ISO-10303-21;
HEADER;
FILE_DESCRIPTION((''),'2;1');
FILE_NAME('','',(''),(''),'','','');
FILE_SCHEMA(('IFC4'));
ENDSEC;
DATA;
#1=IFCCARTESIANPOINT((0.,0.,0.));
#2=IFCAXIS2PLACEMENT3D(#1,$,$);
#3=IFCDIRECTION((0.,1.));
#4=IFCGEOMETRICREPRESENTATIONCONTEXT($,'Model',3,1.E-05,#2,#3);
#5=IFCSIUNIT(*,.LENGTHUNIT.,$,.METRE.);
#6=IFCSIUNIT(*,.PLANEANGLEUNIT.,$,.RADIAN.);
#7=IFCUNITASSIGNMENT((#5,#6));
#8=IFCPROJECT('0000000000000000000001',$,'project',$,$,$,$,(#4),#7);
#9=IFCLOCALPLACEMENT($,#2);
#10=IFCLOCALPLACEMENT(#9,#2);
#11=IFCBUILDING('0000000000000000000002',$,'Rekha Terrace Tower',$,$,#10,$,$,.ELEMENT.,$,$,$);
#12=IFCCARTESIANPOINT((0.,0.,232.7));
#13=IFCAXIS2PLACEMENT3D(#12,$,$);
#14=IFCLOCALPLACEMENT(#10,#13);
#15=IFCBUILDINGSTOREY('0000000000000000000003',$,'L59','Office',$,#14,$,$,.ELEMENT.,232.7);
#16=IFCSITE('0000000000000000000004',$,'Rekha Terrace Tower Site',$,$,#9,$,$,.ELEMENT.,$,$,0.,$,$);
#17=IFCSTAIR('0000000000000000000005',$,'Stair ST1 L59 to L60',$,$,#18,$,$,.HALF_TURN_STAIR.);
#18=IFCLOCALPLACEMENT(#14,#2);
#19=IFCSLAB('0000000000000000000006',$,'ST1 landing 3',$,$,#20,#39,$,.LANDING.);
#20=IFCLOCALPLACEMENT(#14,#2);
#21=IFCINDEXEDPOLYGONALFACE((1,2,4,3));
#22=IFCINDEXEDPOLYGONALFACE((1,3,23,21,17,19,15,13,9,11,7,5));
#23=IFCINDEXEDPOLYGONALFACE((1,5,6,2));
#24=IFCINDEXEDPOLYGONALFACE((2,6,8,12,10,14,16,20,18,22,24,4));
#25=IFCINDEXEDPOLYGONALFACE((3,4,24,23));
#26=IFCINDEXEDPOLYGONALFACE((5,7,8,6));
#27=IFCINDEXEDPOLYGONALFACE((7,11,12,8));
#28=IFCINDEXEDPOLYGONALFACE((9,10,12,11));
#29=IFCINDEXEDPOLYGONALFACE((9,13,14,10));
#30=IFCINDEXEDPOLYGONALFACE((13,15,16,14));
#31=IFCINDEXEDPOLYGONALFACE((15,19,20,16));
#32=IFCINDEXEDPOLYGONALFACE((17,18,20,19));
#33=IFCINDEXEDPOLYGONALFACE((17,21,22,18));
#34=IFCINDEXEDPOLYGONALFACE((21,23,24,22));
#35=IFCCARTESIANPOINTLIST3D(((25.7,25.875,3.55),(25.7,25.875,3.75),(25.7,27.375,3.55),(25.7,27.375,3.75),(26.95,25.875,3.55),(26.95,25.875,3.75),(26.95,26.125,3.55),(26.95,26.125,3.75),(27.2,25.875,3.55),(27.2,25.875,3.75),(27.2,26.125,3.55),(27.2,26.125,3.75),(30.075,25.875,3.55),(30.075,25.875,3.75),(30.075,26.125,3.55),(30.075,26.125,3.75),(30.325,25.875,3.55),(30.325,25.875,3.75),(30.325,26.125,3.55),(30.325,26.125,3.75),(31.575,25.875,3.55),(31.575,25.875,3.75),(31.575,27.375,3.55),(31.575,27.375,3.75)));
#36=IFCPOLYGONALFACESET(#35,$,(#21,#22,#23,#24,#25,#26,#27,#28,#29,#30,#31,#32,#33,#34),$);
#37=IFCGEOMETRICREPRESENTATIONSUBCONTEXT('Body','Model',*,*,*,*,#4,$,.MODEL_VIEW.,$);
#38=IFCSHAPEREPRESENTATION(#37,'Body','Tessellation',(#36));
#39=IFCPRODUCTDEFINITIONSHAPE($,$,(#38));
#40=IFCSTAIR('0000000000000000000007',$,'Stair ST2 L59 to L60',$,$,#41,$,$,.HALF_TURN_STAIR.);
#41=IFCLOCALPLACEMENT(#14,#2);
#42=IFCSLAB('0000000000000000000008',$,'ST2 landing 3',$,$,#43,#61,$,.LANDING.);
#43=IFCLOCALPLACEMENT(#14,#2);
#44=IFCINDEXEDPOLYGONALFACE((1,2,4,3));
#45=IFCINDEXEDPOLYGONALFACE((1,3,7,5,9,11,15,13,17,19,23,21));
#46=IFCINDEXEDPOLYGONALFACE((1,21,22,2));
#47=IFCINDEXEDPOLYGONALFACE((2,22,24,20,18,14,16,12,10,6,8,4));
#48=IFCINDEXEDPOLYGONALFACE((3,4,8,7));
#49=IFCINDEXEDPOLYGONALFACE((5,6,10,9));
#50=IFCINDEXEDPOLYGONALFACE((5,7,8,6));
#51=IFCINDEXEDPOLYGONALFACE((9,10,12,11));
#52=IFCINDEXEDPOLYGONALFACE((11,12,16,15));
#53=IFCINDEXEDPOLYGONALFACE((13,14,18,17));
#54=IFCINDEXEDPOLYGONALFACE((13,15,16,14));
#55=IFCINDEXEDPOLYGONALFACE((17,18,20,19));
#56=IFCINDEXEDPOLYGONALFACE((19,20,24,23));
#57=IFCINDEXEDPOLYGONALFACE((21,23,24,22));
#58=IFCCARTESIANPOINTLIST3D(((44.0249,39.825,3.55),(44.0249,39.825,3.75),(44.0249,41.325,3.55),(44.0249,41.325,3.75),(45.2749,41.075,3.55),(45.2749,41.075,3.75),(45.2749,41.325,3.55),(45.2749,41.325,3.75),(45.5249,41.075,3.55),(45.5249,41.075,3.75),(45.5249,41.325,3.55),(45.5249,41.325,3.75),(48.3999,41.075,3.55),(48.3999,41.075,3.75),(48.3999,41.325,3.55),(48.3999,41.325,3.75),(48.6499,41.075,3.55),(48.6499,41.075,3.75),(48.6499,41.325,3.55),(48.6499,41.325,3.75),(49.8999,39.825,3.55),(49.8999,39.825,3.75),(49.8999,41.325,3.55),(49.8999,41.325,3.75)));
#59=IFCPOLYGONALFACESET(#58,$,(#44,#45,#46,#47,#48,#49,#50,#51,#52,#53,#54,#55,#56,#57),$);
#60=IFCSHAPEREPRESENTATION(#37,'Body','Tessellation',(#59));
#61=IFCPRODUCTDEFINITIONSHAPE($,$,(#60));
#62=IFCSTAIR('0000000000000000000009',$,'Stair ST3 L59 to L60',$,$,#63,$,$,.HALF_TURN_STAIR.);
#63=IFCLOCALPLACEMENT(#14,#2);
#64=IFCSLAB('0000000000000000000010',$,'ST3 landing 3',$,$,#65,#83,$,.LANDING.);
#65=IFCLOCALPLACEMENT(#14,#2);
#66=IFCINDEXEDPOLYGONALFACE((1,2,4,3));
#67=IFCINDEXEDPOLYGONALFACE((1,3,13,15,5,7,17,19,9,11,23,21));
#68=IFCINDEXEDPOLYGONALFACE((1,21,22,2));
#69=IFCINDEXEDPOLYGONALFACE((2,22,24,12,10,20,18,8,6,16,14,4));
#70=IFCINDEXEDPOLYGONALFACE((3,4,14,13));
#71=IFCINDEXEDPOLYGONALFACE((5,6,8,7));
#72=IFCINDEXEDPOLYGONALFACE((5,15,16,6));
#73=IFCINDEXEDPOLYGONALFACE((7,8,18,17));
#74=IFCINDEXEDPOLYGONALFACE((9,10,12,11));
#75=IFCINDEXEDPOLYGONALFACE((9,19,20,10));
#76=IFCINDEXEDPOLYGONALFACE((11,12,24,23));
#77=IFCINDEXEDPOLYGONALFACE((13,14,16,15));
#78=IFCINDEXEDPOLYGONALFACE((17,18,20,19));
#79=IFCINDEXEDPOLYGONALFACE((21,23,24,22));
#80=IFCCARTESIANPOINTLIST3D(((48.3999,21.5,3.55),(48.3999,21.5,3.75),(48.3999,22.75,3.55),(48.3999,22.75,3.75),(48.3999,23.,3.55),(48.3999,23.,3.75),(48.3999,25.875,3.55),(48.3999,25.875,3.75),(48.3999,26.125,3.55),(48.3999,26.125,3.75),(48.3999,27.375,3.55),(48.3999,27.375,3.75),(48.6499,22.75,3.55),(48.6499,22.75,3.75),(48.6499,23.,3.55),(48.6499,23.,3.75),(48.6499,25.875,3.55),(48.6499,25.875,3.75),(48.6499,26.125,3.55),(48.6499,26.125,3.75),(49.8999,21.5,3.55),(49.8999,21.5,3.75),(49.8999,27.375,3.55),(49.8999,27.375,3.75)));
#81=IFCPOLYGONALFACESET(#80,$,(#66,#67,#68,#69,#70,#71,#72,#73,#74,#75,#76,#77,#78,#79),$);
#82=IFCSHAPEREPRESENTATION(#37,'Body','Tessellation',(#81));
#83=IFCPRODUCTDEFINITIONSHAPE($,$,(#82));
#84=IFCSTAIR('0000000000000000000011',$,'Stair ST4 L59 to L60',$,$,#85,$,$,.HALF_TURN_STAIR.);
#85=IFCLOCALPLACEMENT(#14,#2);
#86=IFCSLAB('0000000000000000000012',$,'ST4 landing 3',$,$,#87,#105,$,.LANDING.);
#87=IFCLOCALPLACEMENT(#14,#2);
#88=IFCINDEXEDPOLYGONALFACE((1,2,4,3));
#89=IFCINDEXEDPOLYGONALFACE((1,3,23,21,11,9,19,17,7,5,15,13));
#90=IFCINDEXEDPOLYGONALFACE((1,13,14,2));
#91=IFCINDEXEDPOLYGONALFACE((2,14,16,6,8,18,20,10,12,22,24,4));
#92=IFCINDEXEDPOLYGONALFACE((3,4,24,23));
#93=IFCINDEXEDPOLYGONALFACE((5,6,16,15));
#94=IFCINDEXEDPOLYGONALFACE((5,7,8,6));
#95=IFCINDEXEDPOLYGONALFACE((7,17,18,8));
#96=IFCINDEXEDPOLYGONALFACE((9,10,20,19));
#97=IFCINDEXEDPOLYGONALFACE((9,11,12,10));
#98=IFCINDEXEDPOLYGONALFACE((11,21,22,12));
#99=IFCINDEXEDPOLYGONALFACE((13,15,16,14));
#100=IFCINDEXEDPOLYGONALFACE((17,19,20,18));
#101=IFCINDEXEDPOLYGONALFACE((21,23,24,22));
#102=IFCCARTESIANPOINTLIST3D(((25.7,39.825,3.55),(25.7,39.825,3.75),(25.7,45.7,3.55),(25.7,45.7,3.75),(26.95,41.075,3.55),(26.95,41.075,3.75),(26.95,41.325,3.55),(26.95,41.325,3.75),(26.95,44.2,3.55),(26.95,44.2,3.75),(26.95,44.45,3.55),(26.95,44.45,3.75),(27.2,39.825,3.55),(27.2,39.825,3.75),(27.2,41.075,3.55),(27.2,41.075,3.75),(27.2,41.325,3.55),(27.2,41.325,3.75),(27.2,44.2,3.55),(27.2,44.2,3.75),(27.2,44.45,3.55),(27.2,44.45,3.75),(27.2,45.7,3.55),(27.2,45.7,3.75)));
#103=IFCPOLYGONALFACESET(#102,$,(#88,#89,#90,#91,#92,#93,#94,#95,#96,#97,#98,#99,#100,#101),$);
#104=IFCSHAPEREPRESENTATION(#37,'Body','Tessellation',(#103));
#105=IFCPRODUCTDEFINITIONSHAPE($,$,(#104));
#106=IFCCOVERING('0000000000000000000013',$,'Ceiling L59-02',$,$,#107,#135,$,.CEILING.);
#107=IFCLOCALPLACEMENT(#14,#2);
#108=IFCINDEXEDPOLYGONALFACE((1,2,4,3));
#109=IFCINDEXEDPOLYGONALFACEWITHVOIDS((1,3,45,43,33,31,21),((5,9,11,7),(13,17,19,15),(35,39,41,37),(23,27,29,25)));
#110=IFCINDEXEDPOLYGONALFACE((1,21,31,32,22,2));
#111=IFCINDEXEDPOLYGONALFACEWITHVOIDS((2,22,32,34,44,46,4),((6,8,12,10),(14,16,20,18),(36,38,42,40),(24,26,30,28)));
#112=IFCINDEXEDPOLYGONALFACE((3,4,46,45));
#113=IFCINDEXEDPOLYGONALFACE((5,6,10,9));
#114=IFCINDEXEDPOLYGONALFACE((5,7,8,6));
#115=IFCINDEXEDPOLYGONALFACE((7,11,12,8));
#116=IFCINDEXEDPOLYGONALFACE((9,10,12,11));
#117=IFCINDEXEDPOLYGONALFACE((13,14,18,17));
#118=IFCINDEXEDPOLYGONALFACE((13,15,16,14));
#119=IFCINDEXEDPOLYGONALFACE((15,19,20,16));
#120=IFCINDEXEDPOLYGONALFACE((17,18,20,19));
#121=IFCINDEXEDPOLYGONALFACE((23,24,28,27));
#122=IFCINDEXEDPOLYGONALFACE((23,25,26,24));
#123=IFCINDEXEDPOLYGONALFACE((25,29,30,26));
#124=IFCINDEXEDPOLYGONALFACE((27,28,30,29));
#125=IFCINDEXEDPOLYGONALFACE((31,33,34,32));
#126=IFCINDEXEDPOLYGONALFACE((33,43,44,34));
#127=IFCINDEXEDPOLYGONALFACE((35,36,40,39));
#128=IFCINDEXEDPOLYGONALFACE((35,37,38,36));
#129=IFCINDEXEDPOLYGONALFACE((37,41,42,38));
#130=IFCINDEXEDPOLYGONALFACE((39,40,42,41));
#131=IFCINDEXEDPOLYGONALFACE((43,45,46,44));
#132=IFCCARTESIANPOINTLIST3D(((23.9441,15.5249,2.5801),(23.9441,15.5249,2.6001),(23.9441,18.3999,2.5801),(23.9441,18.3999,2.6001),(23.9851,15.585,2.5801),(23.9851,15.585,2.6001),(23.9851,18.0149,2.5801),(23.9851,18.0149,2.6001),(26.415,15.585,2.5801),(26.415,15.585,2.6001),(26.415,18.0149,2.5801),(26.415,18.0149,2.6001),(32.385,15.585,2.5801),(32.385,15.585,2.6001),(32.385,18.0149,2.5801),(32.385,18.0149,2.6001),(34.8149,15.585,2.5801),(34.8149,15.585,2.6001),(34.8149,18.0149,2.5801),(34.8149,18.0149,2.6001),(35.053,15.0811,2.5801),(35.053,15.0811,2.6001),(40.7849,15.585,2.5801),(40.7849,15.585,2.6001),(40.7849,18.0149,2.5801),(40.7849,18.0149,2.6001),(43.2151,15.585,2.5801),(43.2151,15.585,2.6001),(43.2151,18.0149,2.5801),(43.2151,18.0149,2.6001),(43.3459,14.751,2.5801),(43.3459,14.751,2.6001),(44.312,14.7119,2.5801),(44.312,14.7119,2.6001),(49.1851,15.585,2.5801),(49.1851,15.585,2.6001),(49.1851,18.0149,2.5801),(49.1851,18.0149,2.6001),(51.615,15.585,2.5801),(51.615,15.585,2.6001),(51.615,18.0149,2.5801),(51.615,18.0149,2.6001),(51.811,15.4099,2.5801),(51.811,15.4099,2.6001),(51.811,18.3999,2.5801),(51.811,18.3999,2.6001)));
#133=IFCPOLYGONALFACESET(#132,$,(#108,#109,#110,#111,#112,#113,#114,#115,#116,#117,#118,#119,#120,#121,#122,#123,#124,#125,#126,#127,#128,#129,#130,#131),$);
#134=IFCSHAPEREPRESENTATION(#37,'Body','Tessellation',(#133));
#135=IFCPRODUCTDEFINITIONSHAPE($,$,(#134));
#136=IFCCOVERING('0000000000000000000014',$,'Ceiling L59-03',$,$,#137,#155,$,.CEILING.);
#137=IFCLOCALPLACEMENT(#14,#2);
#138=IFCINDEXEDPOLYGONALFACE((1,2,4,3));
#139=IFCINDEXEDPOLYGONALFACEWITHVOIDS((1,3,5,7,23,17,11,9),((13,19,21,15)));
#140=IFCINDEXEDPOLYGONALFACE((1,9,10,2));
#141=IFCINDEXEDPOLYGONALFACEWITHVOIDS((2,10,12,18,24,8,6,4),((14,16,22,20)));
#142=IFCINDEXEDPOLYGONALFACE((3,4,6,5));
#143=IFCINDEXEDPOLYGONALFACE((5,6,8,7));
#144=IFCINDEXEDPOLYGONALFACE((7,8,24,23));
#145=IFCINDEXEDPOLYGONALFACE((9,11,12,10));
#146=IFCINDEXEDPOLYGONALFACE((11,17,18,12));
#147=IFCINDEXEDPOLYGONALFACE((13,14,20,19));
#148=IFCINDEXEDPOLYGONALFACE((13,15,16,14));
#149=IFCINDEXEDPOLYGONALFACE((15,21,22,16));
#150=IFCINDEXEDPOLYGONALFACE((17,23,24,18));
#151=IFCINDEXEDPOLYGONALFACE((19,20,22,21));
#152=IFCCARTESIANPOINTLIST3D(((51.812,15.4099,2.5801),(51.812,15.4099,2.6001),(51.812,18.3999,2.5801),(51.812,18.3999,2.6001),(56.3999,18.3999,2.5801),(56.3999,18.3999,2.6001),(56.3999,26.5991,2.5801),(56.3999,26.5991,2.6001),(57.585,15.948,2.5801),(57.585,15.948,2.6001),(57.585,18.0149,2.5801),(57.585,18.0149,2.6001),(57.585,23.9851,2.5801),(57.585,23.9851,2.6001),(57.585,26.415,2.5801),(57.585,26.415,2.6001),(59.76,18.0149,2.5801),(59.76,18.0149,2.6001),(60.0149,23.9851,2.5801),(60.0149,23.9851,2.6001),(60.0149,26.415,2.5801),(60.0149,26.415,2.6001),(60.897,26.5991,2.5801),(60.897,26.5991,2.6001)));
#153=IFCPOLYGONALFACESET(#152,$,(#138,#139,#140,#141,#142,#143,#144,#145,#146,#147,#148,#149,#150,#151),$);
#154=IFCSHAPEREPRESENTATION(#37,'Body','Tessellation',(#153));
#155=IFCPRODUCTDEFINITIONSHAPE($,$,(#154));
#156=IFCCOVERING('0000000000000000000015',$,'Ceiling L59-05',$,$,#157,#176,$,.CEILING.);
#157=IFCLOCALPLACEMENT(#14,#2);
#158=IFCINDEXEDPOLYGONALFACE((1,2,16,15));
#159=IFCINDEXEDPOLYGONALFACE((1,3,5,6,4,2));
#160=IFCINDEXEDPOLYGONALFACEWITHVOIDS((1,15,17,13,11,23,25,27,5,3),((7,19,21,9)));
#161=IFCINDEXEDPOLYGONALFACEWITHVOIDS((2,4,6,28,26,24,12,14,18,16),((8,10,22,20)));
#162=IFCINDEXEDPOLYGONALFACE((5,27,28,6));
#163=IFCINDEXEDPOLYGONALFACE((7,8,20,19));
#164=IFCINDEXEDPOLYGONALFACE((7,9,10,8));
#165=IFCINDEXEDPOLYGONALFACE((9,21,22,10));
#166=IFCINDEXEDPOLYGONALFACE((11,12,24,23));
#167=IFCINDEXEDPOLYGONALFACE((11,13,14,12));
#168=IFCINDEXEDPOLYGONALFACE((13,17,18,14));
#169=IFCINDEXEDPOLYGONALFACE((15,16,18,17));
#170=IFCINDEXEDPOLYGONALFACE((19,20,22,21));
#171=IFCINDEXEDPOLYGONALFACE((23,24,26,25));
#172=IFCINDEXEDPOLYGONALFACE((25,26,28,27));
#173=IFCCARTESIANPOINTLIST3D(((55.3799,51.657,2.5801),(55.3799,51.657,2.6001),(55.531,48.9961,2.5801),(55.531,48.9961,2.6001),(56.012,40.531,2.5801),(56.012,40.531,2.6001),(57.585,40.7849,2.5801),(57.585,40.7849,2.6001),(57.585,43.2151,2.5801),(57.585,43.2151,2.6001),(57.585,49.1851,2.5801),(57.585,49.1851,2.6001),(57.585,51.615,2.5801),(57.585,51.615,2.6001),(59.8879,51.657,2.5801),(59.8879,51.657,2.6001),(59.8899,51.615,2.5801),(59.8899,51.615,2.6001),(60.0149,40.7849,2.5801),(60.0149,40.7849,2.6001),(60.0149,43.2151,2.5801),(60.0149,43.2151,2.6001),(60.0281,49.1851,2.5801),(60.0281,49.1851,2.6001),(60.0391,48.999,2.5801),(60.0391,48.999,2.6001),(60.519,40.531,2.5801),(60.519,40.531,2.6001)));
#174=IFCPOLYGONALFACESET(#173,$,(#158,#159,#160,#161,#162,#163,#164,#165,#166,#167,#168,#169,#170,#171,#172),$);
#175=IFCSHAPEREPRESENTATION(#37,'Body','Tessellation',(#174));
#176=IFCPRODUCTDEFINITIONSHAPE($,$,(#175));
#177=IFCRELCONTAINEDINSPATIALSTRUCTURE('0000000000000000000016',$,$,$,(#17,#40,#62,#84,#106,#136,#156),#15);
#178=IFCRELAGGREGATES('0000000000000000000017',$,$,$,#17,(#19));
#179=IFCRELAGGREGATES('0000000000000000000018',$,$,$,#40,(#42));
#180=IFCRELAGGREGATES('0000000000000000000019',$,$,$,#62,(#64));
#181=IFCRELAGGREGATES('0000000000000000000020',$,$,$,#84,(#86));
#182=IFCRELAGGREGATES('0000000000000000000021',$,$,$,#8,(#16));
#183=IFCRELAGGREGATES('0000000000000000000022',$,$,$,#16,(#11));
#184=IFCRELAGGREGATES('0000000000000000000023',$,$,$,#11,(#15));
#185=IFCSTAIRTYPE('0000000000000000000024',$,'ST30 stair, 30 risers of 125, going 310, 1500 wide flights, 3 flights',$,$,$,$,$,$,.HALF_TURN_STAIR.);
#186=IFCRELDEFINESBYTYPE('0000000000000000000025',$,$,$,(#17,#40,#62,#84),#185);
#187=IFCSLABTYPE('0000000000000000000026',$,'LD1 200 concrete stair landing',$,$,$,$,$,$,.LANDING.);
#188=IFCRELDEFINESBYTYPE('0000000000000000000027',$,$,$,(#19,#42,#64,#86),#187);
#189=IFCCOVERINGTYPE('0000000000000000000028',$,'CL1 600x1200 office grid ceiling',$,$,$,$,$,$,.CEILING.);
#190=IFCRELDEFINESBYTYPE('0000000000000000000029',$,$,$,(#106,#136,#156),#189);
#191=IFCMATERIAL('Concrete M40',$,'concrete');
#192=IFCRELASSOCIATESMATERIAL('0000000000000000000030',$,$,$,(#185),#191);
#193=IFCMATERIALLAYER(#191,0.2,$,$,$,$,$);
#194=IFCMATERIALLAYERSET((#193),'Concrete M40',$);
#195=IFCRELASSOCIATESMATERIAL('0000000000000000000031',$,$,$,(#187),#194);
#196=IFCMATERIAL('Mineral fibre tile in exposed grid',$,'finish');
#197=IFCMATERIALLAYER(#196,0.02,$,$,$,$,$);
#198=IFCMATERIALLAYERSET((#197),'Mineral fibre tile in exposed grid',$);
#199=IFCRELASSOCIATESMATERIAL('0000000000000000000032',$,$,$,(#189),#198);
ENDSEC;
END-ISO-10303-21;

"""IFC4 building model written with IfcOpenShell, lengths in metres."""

from ifc_helpers import new_model, si_unit, direction, frame, origin, place, context, subcontext, project, spatial, polyline, outline, extrude, material, layer, layer_set, type_object, element, aggregate, save


model = new_model("IFC4")

# Units and contexts
model_context = context("Model", 3, precision=1e-05, world=origin(), true_north=direction((0.0, 1.0)))
body_context = subcontext(model_context, "Body", "Model", "MODEL_VIEW")
ifc_project = project(units=[si_unit("LENGTHUNIT", "METRE"), si_unit("PLANEANGLEUNIT", "RADIAN")], contexts=[model_context])

# Site, building, storey
site_placement = place(None, origin())
site = spatial("IfcSite", under=ifc_project, at=site_placement, Name="Rekha Terrace Tower Site", CompositionType="ELEMENT", RefElevation=0.0)
building_placement = place(site_placement, origin())
building = spatial("IfcBuilding", under=site, at=building_placement, Name="Rekha Terrace Tower", CompositionType="ELEMENT")
storey_placement = place(building_placement, frame((0.0, 0.0, 232.7)))
storey = spatial("IfcBuildingStorey", under=building, at=storey_placement, Name="L59", Description="Office", CompositionType="ELEMENT", Elevation=232.7)

# Stairs, slabs
ifc_material_1 = material(Name="Concrete M40", Category="concrete")
stair_type = type_object("IfcStairType", Name="ST30 stair, 30 risers of 125, going 310, 1500 wide flights, 3 flights", PredefinedType="HALF_TURN_STAIR", material=ifc_material_1)
stair_1_placement = place(storey_placement, origin())
stair_1 = element("IfcStair", 1, at=stair_1_placement, inside=storey, type_object=stair_type, Name="Stair ST1 L59 to L60", PredefinedType="HALF_TURN_STAIR")
ifc_layer_1 = layer(ifc_material_1, 0.2)
ifc_layer_set_1 = layer_set([ifc_layer_1], Name="Concrete M40")
slab_type = type_object("IfcSlabType", Name="LD1 200 concrete stair landing", PredefinedType="LANDING", material=ifc_layer_set_1)
slab_1_placement = place(storey_placement, frame((0.0, 0.0, 3.55)))
slab_1 = element("IfcSlab", 2, at=slab_1_placement, type_object=slab_type, Name="ST1 landing 3", PredefinedType="LANDING", context=body_context, shape_type="SweptSolid", body=[
    extrude(outline(polyline([(31.575, 25.875), (31.575, 27.375), (25.7, 27.375), (25.7, 25.875), (26.95, 25.875), (26.95, 26.125), (27.2, 26.125), (27.2, 25.875), (30.075, 25.875), (30.075, 26.125), (30.325, 26.125), (30.325, 25.875), (31.575, 25.875)])), origin(), (0.0, 0.0, 1.0), 0.2),
])
aggregate(stair_1, [slab_1])
stair_2_placement = place(storey_placement, origin())
stair_2 = element("IfcStair", 3, at=stair_2_placement, inside=storey, type_object=stair_type, Name="Stair ST2 L59 to L60", PredefinedType="HALF_TURN_STAIR")
slab_2_placement = place(storey_placement, frame((0.0, 0.0, 3.55)))
slab_2 = element("IfcSlab", 4, at=slab_2_placement, type_object=slab_type, Name="ST2 landing 3", PredefinedType="LANDING", context=body_context, shape_type="SweptSolid", body=[
    extrude(outline(polyline([(44.0249, 41.325), (44.0249, 39.825), (49.8999, 39.825), (49.8999, 41.325), (48.6499, 41.325), (48.6499, 41.075), (48.3999, 41.075), (48.3999, 41.325), (45.5249, 41.325), (45.5249, 41.075), (45.2749, 41.075), (45.2749, 41.325), (44.0249, 41.325)])), origin(), (0.0, 0.0, 1.0), 0.2),
])
aggregate(stair_2, [slab_2])
stair_3_placement = place(storey_placement, origin())
stair_3 = element("IfcStair", 5, at=stair_3_placement, inside=storey, type_object=stair_type, Name="Stair ST3 L59 to L60", PredefinedType="HALF_TURN_STAIR")
slab_3_placement = place(storey_placement, frame((0.0, 0.0, 3.55)))
slab_3 = element("IfcSlab", 6, at=slab_3_placement, type_object=slab_type, Name="ST3 landing 3", PredefinedType="LANDING", context=body_context, shape_type="SweptSolid", body=[
    extrude(outline(polyline([(48.3999, 21.5), (49.8999, 21.5), (49.8999, 27.375), (48.3999, 27.375), (48.3999, 26.125), (48.6499, 26.125), (48.6499, 25.875), (48.3999, 25.875), (48.3999, 23.0), (48.6499, 23.0), (48.6499, 22.75), (48.3999, 22.75), (48.3999, 21.5)])), origin(), (0.0, 0.0, 1.0), 0.2),
])
aggregate(stair_3, [slab_3])
stair_4_placement = place(storey_placement, origin())
stair_4 = element("IfcStair", 7, at=stair_4_placement, inside=storey, type_object=stair_type, Name="Stair ST4 L59 to L60", PredefinedType="HALF_TURN_STAIR")
slab_4_placement = place(storey_placement, frame((0.0, 0.0, 3.55)))
slab_4 = element("IfcSlab", 8, at=slab_4_placement, type_object=slab_type, Name="ST4 landing 3", PredefinedType="LANDING", context=body_context, shape_type="SweptSolid", body=[
    extrude(outline(polyline([(27.2, 39.825), (25.7, 39.825), (25.7, 45.7), (27.2, 45.7), (27.2, 44.45), (26.95, 44.45), (26.95, 44.2), (27.2, 44.2), (27.2, 41.325), (26.95, 41.325), (26.95, 41.075), (27.2, 41.075), (27.2, 39.825)])), origin(), (0.0, 0.0, 1.0), 0.2),
])
aggregate(stair_4, [slab_4])

# Coverings
ifc_material_2 = material(Name="Mineral fibre tile in exposed grid", Category="finish")
ifc_layer_2 = layer(ifc_material_2, 0.02)
ifc_layer_set_2 = layer_set([ifc_layer_2], Name="Mineral fibre tile in exposed grid")
covering_type_1 = type_object("IfcCoveringType", Name="CL1 600x1200 office grid ceiling", PredefinedType="CEILING", material=ifc_layer_set_2)
covering_1_placement = place(storey_placement, frame((0.0, 0.0, 2.5801)))
element("IfcCovering", 9, at=covering_1_placement, inside=storey, type_object=covering_type_1, Name="Ceiling L59-02", PredefinedType="CEILING", context=body_context, shape_type="SweptSolid", body=[
    extrude(outline(polyline([(51.811, 18.3999), (23.9441, 18.3999), (23.9441, 15.5249), (35.053, 15.0811), (43.3459, 14.751), (44.312, 14.7119), (51.811, 15.4099), (51.811, 18.3999)]), holes=[polyline([(51.615, 15.585), (49.1851, 15.585), (49.1851, 18.0149), (51.615, 18.0149), (51.615, 15.585)]), polyline([(43.2151, 18.0149), (43.2151, 15.585), (40.7849, 15.585), (40.7849, 18.0149), (43.2151, 18.0149)]), polyline([(34.8149, 15.585), (32.385, 15.585), (32.385, 18.0149), (34.8149, 18.0149), (34.8149, 15.585)]), polyline([(26.415, 18.0149), (26.415, 15.585), (23.9851, 15.585), (23.9851, 18.0149), (26.415, 18.0149)])]), origin(), (0.0, 0.0, 1.0), 0.02),
])
covering_2_placement = place(storey_placement, frame((0.0, 0.0, 2.5801)))
element("IfcCovering", 10, at=covering_2_placement, inside=storey, type_object=covering_type_1, Name="Ceiling L59-03", PredefinedType="CEILING", context=body_context, shape_type="SweptSolid", body=[
    extrude(outline(polyline([(59.76, 18.0149), (60.897, 26.5991), (56.3999, 26.5991), (56.3999, 18.3999), (51.812, 18.3999), (51.812, 15.4099), (57.585, 15.948), (57.585, 18.0149), (59.76, 18.0149)]), holes=[polyline([(60.0149, 23.9851), (57.585, 23.9851), (57.585, 26.415), (60.0149, 26.415), (60.0149, 23.9851)])]), origin(), (0.0, 0.0, 1.0), 0.02),
])
covering_3_placement = place(storey_placement, frame((0.0, 0.0, 2.5801)))
element("IfcCovering", 11, at=covering_3_placement, inside=storey, type_object=covering_type_1, Name="Ceiling L59-05", PredefinedType="CEILING", context=body_context, shape_type="SweptSolid", body=[
    extrude(outline(polyline([(59.8899, 51.615), (59.8879, 51.657), (55.3799, 51.657), (55.531, 48.9961), (56.012, 40.531), (60.519, 40.531), (60.0391, 48.999), (60.0281, 49.1851), (57.585, 49.1851), (57.585, 51.615), (59.8899, 51.615)]), holes=[polyline([(60.0149, 40.7849), (57.585, 40.7849), (57.585, 43.2151), (60.0149, 43.2151), (60.0149, 40.7849)])]), origin(), (0.0, 0.0, 1.0), 0.02),
])

save(model, "model.ifc")
